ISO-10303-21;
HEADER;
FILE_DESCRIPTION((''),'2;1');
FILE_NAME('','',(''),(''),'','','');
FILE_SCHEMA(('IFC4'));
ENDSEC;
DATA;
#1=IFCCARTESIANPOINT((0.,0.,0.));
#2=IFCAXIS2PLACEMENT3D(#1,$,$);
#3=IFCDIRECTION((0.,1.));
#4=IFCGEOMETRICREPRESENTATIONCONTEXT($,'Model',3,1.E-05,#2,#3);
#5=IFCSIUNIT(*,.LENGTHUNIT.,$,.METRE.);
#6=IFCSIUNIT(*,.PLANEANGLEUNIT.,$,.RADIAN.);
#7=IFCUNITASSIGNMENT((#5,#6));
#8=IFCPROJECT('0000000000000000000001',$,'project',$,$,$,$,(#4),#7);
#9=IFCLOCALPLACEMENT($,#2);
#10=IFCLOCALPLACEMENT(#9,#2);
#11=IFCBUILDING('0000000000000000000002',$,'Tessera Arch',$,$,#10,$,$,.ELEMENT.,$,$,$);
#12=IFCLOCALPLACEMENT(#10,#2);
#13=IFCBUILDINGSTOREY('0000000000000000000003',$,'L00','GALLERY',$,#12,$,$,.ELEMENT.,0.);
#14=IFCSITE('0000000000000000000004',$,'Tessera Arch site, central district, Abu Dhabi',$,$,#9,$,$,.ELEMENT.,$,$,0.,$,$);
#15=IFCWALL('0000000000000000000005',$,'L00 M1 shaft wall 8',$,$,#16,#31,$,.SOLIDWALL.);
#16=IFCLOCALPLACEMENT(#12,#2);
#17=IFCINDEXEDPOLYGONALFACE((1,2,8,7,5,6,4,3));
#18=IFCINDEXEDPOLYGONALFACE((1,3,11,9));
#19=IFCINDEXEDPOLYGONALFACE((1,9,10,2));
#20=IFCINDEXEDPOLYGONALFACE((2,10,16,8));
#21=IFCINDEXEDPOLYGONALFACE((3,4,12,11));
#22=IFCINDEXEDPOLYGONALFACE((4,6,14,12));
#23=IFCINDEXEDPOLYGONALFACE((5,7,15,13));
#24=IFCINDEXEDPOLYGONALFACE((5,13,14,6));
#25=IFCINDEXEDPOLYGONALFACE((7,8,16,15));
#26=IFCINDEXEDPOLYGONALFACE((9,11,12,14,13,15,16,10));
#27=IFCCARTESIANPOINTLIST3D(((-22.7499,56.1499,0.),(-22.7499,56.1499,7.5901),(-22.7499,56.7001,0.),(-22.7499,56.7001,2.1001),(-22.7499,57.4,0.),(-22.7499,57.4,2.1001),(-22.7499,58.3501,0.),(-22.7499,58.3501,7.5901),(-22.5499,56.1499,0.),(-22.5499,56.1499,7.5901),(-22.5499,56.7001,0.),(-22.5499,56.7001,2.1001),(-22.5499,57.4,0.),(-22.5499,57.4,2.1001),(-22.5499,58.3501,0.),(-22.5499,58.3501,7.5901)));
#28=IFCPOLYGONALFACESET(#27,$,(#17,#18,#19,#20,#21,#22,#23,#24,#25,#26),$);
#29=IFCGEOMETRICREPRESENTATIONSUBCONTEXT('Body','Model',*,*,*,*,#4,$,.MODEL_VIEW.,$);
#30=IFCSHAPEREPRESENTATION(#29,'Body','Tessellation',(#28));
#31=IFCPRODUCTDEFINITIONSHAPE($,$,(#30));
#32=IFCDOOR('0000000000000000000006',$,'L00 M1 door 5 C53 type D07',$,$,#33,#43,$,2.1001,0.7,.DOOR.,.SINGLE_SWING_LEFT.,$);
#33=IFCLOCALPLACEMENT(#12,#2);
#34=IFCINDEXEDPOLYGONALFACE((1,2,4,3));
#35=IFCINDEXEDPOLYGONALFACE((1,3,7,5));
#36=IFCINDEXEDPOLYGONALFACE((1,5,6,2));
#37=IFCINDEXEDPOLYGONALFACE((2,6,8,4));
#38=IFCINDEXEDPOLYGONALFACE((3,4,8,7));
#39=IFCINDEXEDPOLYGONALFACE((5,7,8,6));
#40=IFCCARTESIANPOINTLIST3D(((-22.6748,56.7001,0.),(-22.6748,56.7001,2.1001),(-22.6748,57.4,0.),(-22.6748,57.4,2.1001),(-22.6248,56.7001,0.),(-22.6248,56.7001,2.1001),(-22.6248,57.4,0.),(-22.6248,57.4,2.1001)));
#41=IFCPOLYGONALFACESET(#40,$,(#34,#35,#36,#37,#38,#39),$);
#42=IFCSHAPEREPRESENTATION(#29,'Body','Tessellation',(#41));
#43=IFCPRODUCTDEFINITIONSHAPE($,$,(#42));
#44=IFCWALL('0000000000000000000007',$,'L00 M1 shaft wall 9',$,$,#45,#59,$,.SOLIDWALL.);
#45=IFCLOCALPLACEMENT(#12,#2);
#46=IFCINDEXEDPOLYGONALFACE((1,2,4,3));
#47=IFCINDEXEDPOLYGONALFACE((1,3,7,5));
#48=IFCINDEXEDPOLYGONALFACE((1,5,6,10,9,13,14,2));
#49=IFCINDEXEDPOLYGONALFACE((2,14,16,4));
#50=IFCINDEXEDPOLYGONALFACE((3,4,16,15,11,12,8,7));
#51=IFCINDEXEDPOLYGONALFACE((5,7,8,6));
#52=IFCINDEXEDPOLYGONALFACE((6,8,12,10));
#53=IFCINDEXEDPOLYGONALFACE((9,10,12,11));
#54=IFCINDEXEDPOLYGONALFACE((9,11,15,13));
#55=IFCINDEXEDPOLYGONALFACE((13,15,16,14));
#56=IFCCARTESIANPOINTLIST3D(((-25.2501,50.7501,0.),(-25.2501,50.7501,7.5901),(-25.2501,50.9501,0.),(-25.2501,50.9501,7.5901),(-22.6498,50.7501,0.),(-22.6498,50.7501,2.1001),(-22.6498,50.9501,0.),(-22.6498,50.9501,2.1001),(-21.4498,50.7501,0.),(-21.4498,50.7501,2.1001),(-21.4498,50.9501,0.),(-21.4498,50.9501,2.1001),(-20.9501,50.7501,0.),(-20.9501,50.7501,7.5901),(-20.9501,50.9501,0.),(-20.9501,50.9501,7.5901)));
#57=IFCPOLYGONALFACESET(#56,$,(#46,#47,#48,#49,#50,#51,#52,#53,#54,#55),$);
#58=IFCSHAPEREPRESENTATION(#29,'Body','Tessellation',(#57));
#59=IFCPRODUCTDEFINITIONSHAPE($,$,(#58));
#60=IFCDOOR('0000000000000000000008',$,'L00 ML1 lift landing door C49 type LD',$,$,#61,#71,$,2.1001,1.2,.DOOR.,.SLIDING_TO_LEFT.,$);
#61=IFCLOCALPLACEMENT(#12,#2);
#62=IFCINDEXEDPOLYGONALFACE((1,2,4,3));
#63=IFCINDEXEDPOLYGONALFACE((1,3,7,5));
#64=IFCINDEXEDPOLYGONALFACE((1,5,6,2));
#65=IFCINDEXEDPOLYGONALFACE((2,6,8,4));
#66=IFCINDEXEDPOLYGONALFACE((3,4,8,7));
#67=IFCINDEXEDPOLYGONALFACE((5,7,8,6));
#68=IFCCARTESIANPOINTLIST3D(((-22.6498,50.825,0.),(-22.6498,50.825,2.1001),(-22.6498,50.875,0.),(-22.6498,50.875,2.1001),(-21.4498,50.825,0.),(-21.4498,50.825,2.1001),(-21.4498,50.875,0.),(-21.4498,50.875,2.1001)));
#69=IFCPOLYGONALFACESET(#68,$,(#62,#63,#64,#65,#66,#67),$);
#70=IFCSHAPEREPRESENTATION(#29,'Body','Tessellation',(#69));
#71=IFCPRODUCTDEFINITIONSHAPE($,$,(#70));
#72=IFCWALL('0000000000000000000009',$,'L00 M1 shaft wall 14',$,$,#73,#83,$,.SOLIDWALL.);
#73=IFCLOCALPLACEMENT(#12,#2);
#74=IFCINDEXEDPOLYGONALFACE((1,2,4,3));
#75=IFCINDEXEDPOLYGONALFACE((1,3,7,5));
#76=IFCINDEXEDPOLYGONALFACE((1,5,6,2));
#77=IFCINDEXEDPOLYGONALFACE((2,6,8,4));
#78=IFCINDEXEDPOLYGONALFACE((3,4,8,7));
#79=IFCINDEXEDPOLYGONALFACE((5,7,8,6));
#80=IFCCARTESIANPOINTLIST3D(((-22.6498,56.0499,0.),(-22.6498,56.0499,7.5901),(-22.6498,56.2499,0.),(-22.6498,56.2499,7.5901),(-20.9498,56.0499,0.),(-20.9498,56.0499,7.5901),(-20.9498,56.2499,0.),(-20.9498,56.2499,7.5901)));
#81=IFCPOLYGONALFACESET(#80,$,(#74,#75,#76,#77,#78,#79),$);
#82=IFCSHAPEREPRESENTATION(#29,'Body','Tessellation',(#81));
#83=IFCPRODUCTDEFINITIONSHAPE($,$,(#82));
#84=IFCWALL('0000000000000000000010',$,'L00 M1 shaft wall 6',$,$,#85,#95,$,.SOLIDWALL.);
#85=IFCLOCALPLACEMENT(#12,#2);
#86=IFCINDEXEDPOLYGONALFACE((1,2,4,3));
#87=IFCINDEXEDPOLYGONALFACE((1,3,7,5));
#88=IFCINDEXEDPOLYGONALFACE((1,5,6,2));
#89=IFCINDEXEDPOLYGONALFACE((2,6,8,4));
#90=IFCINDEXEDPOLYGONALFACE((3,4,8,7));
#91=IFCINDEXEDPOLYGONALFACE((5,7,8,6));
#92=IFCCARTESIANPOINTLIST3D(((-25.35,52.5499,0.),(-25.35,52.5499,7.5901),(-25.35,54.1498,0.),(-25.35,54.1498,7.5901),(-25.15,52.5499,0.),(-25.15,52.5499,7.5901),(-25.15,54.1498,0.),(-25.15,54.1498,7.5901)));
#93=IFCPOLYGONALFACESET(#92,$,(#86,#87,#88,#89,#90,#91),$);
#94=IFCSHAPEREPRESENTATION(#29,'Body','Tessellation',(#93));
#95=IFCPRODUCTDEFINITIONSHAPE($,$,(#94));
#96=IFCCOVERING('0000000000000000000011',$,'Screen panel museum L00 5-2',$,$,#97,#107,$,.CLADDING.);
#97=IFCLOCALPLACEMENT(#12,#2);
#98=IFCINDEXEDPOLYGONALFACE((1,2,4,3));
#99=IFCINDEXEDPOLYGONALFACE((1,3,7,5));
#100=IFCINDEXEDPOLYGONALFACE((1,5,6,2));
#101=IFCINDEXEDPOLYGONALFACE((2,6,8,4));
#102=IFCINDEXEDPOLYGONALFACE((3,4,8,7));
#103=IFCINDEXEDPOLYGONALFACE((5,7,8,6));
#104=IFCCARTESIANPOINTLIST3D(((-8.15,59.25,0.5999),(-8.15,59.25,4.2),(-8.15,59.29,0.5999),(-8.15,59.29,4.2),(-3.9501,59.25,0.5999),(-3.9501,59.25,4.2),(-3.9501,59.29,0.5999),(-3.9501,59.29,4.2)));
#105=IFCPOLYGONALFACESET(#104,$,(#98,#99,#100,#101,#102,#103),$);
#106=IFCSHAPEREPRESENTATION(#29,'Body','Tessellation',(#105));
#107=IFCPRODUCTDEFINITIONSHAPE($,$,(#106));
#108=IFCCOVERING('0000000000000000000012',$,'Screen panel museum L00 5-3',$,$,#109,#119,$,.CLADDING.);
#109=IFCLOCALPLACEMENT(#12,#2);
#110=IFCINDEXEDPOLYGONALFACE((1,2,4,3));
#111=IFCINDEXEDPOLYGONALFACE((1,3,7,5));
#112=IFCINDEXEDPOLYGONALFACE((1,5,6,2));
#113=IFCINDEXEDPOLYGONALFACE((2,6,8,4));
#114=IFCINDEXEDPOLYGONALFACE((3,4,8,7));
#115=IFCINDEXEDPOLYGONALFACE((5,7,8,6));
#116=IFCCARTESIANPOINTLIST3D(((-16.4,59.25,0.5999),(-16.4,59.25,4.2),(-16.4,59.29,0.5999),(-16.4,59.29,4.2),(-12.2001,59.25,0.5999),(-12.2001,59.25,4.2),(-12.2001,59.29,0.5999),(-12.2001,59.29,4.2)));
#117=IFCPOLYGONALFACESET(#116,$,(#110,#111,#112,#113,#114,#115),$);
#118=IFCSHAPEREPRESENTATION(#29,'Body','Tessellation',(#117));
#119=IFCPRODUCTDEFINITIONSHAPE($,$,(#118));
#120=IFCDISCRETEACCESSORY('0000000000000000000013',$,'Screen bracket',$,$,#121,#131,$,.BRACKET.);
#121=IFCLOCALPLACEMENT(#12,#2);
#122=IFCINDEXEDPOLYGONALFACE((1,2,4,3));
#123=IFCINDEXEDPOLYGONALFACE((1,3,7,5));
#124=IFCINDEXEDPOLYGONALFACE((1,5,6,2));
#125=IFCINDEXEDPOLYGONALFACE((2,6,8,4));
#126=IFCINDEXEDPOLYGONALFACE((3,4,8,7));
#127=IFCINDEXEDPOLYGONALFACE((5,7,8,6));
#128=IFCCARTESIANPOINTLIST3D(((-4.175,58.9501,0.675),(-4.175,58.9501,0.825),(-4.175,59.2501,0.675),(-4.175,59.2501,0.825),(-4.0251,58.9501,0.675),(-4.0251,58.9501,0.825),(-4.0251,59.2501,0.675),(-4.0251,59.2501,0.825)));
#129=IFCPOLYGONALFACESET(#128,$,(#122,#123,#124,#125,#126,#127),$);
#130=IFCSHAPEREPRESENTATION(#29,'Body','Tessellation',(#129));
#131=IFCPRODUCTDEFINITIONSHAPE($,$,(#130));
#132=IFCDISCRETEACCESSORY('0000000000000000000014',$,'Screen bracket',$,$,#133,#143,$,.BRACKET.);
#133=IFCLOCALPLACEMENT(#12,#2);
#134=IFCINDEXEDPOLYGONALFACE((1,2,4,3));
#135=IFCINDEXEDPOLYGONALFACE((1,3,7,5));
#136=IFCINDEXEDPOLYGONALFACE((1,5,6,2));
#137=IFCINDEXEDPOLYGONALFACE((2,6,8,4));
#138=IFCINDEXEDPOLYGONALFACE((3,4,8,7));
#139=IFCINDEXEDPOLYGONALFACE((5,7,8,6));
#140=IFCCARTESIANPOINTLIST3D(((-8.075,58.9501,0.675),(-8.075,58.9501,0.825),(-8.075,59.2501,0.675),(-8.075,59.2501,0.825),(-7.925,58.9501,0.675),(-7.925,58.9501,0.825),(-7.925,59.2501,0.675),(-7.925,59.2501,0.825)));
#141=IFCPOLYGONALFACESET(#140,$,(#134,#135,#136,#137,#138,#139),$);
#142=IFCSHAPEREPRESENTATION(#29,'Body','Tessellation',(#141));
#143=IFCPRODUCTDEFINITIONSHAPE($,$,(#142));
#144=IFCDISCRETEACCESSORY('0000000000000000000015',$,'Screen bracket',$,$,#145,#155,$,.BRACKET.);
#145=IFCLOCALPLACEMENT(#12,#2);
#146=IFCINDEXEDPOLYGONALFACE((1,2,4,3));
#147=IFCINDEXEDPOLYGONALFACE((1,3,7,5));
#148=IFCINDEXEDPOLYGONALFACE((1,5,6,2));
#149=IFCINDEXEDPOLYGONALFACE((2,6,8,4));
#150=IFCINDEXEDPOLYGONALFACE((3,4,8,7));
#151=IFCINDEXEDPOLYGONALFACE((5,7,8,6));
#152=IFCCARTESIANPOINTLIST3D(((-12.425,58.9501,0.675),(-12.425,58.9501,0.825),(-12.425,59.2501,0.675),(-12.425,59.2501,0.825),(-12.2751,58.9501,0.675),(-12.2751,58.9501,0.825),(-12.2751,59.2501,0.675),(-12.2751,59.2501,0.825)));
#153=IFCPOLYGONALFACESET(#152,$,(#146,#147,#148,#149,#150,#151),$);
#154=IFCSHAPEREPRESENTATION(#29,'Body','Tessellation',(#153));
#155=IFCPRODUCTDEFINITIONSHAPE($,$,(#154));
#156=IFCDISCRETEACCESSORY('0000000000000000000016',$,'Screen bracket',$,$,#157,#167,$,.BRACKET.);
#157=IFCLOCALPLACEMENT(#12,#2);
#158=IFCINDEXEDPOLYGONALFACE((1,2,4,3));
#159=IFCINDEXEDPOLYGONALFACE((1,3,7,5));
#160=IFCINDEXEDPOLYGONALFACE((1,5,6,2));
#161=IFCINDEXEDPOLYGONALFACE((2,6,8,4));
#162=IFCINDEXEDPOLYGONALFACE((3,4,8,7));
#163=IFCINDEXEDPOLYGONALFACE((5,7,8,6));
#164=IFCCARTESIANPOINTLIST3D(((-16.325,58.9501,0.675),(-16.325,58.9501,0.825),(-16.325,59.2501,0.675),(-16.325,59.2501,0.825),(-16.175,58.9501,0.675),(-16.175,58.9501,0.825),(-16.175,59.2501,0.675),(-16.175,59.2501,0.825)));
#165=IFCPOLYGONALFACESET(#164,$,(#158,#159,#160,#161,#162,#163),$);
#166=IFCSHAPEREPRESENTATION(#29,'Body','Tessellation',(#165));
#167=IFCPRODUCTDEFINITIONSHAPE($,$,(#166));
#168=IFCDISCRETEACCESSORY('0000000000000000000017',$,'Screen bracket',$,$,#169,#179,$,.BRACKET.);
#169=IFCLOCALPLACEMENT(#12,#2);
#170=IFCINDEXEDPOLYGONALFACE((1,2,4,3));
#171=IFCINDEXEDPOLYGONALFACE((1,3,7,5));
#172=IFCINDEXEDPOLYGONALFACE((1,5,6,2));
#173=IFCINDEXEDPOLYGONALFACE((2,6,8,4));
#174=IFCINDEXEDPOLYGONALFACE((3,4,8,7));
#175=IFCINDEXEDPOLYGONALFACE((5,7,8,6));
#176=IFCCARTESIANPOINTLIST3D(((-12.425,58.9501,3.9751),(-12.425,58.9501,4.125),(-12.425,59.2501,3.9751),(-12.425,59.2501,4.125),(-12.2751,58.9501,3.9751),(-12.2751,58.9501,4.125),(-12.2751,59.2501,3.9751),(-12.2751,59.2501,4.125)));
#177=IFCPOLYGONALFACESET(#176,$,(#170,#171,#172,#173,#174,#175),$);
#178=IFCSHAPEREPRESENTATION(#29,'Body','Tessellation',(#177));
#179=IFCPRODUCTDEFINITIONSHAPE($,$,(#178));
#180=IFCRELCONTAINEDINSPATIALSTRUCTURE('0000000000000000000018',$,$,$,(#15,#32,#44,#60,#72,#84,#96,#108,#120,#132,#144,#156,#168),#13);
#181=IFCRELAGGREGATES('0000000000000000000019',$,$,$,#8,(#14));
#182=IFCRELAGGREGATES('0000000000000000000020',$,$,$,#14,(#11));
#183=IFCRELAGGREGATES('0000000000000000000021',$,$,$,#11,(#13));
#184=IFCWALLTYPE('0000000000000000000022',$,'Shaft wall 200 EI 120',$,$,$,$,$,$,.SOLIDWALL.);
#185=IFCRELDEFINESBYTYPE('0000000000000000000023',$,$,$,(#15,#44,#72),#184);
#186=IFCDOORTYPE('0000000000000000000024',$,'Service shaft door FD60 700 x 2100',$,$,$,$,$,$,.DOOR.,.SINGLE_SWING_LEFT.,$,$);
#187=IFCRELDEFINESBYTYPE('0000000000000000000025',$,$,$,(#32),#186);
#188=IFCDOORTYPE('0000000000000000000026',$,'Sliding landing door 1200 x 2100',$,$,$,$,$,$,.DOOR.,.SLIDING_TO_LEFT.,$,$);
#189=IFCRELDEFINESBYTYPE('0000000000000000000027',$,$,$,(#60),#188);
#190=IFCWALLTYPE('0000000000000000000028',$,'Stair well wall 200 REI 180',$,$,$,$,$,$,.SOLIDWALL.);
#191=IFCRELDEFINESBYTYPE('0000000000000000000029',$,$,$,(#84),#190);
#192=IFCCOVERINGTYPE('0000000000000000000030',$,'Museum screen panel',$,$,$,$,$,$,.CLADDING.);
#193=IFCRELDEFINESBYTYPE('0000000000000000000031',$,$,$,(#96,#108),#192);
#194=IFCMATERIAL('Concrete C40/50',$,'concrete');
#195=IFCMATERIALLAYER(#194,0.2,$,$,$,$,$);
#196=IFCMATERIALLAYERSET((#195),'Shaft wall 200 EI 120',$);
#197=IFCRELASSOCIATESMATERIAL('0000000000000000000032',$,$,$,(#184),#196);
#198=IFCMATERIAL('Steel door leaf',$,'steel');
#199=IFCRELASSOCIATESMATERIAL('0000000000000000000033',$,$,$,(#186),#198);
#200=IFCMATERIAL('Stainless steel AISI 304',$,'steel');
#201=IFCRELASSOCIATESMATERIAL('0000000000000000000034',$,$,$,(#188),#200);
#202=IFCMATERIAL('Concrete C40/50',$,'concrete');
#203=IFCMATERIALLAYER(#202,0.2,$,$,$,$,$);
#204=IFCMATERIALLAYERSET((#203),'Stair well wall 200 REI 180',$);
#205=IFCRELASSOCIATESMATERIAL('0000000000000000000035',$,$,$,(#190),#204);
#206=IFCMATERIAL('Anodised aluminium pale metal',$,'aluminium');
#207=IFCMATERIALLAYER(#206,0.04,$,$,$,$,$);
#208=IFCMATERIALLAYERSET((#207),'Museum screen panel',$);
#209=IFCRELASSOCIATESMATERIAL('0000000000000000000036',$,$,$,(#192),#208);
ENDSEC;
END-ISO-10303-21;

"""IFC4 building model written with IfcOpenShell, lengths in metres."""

from ifc_helpers import new_model, si_unit, direction, frame, frame_2d, origin, origin_2d, place, context, subcontext, project, spatial, rectangle, extrude, material, layer, layer_set, type_object, element, fill, save


model = new_model("IFC4")

# Units and contexts
model_context = context("Model", 3, precision=1e-05, world=origin(), true_north=direction((0.0, 1.0)))
body_context = subcontext(model_context, "Body", "Model", "MODEL_VIEW")
ifc_project = project(units=[si_unit("LENGTHUNIT", "METRE"), si_unit("PLANEANGLEUNIT", "RADIAN")], contexts=[model_context])

# Site, building, storey
site_placement = place(None, origin())
site = spatial("IfcSite", under=ifc_project, at=site_placement, Name="Tessera Arch site, central district, Abu Dhabi", CompositionType="ELEMENT", RefElevation=0.0)
building_placement = place(site_placement, origin())
building = spatial("IfcBuilding", under=site, at=building_placement, Name="Tessera Arch", CompositionType="ELEMENT")
storey_placement = place(building_placement, origin())
storey = spatial("IfcBuildingStorey", under=building, at=storey_placement, Name="L00", Description="GALLERY", CompositionType="ELEMENT", Elevation=0.0)

# Walls, openings, doors
ifc_material_1 = material(Name="Concrete C40/50", Category="concrete")
ifc_layer_1 = layer(ifc_material_1, 0.2)
ifc_layer_set_1 = layer_set([ifc_layer_1], Name="Shaft wall 200 EI 120")
wall_type_1 = type_object("IfcWallType", Name="Shaft wall 200 EI 120", PredefinedType="SOLIDWALL", material=ifc_layer_set_1)
wall_1_placement = place(storey_placement, frame((-22.6499, 56.1499, 0.0), z_axis=(0.0, 0.0, 1.0), x_axis=(0.0, 1.0, 0.0)))
wall_1 = element("IfcWall", 1, at=wall_1_placement, inside=storey, type_object=wall_type_1, Name="L00 M1 shaft wall 8", PredefinedType="SOLIDWALL", context=body_context, shape_type="SweptSolid", body=[
    extrude(rectangle(XDim=2.2002, YDim=0.2, at=frame_2d((1.1001, 0.0))), origin(), (0.0, 0.0, 1.0), 7.5901),
])
opening_1_placement = place(wall_1_placement, frame((0.55, 0.0, 0.0)))
opening_1 = element("IfcOpeningElement", 2, at=opening_1_placement, cuts=wall_1, PredefinedType="OPENING", context=body_context, shape_type="SweptSolid", body=[
    extrude(rectangle(XDim=0.7, YDim=2.1001, at=frame_2d((0.3501, 1.05))), frame((0.0, 0.1099, 0.0), z_axis=(0.0, -1.0, 0.0), x_axis=(1.0, 0.0, 0.0)), (0.0, 0.0, 1.0), 0.22),
])
ifc_material_2 = material(Name="Steel door leaf", Category="steel")
door_type_1 = type_object("IfcDoorType", Name="Service shaft door FD60 700 x 2100", OperationType="SINGLE_SWING_LEFT", PredefinedType="DOOR", material=ifc_material_2)
door_1_placement = place(opening_1_placement, origin())
door_1 = element("IfcDoor", 3, at=door_1_placement, inside=storey, type_object=door_type_1, Name="L00 M1 door 5 C53 type D07", OperationType="SINGLE_SWING_LEFT", OverallHeight=2.1001, OverallWidth=0.7, PredefinedType="DOOR", context=body_context, shape_type="SweptSolid", body=[
    extrude(rectangle(XDim=0.7, YDim=2.1001, at=frame_2d((0.3501, 1.05))), frame((0.0, 0.0249, 0.0), z_axis=(0.0, -1.0, 0.0), x_axis=(1.0, 0.0, 0.0)), (0.0, 0.0, 1.0), 0.05),
])
fill(opening_1, door_1)
wall_2_placement = place(storey_placement, frame((-25.25, 50.8501, 0.0), z_axis=(0.0, 0.0, 1.0), x_axis=(1.0, 0.0, 0.0)))
wall_2 = element("IfcWall", 4, at=wall_2_placement, inside=storey, type_object=wall_type_1, Name="L00 M1 shaft wall 9", PredefinedType="SOLIDWALL", context=body_context, shape_type="SweptSolid", body=[
    extrude(rectangle(XDim=4.3, YDim=0.2, at=frame_2d((2.1499, 0.0))), origin(), (0.0, 0.0, 1.0), 7.5901),
])
opening_2_placement = place(wall_2_placement, frame((2.6001, 0.0, 0.0)))
opening_2 = element("IfcOpeningElement", 5, at=opening_2_placement, cuts=wall_2, PredefinedType="OPENING", context=body_context, shape_type="SweptSolid", body=[
    extrude(rectangle(XDim=1.2, YDim=2.1001, at=frame_2d((0.6001, 1.05))), frame((0.0, 0.1099, 0.0), z_axis=(0.0, -1.0, 0.0), x_axis=(1.0, 0.0, 0.0)), (0.0, 0.0, 1.0), 0.22),
])
ifc_material_3 = material(Name="Stainless steel AISI 304", Category="steel")
door_type_2 = type_object("IfcDoorType", Name="Sliding landing door 1200 x 2100", OperationType="SLIDING_TO_LEFT", PredefinedType="DOOR", material=ifc_material_3)
door_2_placement = place(opening_2_placement, origin())
door_2 = element("IfcDoor", 6, at=door_2_placement, inside=storey, type_object=door_type_2, Name="L00 ML1 lift landing door C49 type LD", OperationType="SLIDING_TO_LEFT", OverallHeight=2.1001, OverallWidth=1.2, PredefinedType="DOOR", context=body_context, shape_type="SweptSolid", body=[
    extrude(rectangle(XDim=1.2, YDim=2.1001, at=frame_2d((0.6001, 1.05))), frame((0.0, 0.0249, 0.0), z_axis=(0.0, -1.0, 0.0), x_axis=(1.0, 0.0, 0.0)), (0.0, 0.0, 1.0), 0.05),
])
fill(opening_2, door_2)

# Walls
wall_3_placement = place(storey_placement, frame((-22.6499, 56.1499, 0.0), z_axis=(0.0, 0.0, 1.0), x_axis=(1.0, 0.0, 0.0)))
element("IfcWall", 7, at=wall_3_placement, inside=storey, type_object=wall_type_1, Name="L00 M1 shaft wall 14", PredefinedType="SOLIDWALL", context=body_context, shape_type="SweptSolid", body=[
    extrude(rectangle(XDim=1.7, YDim=0.2, at=frame_2d((0.8501, 0.0))), origin(), (0.0, 0.0, 1.0), 7.5901),
])
ifc_material_4 = material(Name="Concrete C40/50", Category="concrete")
ifc_layer_2 = layer(ifc_material_4, 0.2)
ifc_layer_set_2 = layer_set([ifc_layer_2], Name="Stair well wall 200 REI 180")
wall_type_2 = type_object("IfcWallType", Name="Stair well wall 200 REI 180", PredefinedType="SOLIDWALL", material=ifc_layer_set_2)
wall_4_placement = place(storey_placement, frame((-25.25, 52.55, 0.0), z_axis=(0.0, 0.0, 1.0), x_axis=(0.0, 1.0, 0.0)))
element("IfcWall", 8, at=wall_4_placement, inside=storey, type_object=wall_type_2, Name="L00 M1 shaft wall 6", PredefinedType="SOLIDWALL", context=body_context, shape_type="SweptSolid", body=[
    extrude(rectangle(XDim=1.5999, YDim=0.2, at=frame_2d((0.7998, 0.0))), origin(), (0.0, 0.0, 1.0), 7.5901),
])

# Coverings
ifc_material_5 = material(Name="Anodised aluminium pale metal", Category="aluminium")
ifc_layer_3 = layer(ifc_material_5, 0.04)
ifc_layer_set_3 = layer_set([ifc_layer_3], Name="Museum screen panel")
covering_type = type_object("IfcCoveringType", Name="Museum screen panel", PredefinedType="CLADDING", material=ifc_layer_set_3)
for number, where, z_axis, x_axis, name in (
    (9, (-6.05, 59.27, 0.5999), (0.0, 0.0, 1.0), (-1.0, 0.0, 0.0), "Screen panel museum L00 5-2"),
    (10, (-14.3, 59.27, 0.5999), (0.0, 0.0, 1.0), (-1.0, 0.0, 0.0), "Screen panel museum L00 5-3"),
):
    element("IfcCovering", number, at=place(storey_placement, frame(where, z_axis=z_axis, x_axis=x_axis)), inside=storey, type_object=covering_type, Name=name, PredefinedType="CLADDING", context=body_context, shape_type="SweptSolid", body=[
        extrude(rectangle(XDim=4.2, YDim=0.04, at=origin_2d()), origin(), (0.0, 0.0, 1.0), 3.6001),
    ])

# Discrete accessories
for number, where, z_axis, x_axis, name in (
    (11, (-4.1001, 59.1001, 0.675), (0.0, 0.0, 1.0), (0.0, 1.0, 0.0), "Screen bracket"),
    (12, (-8.0, 59.1001, 0.675), (0.0, 0.0, 1.0), (0.0, 1.0, 0.0), "Screen bracket"),
    (13, (-12.3501, 59.1001, 0.675), (0.0, 0.0, 1.0), (0.0, 1.0, 0.0), "Screen bracket"),
    (14, (-16.25, 59.1001, 0.675), (0.0, 0.0, 1.0), (0.0, 1.0, 0.0), "Screen bracket"),
    (15, (-12.3501, 59.1001, 3.9751), (0.0, 0.0, 1.0), (0.0, 1.0, 0.0), "Screen bracket"),
):
    element("IfcDiscreteAccessory", number, at=place(storey_placement, frame(where, z_axis=z_axis, x_axis=x_axis)), inside=storey, Name=name, PredefinedType="BRACKET", context=body_context, shape_type="SweptSolid", body=[
        extrude(rectangle(XDim=0.3, YDim=0.1499, at=origin_2d()), origin(), (0.0, 0.0, 1.0), 0.1499),
    ])

save(model, "model.ifc")
